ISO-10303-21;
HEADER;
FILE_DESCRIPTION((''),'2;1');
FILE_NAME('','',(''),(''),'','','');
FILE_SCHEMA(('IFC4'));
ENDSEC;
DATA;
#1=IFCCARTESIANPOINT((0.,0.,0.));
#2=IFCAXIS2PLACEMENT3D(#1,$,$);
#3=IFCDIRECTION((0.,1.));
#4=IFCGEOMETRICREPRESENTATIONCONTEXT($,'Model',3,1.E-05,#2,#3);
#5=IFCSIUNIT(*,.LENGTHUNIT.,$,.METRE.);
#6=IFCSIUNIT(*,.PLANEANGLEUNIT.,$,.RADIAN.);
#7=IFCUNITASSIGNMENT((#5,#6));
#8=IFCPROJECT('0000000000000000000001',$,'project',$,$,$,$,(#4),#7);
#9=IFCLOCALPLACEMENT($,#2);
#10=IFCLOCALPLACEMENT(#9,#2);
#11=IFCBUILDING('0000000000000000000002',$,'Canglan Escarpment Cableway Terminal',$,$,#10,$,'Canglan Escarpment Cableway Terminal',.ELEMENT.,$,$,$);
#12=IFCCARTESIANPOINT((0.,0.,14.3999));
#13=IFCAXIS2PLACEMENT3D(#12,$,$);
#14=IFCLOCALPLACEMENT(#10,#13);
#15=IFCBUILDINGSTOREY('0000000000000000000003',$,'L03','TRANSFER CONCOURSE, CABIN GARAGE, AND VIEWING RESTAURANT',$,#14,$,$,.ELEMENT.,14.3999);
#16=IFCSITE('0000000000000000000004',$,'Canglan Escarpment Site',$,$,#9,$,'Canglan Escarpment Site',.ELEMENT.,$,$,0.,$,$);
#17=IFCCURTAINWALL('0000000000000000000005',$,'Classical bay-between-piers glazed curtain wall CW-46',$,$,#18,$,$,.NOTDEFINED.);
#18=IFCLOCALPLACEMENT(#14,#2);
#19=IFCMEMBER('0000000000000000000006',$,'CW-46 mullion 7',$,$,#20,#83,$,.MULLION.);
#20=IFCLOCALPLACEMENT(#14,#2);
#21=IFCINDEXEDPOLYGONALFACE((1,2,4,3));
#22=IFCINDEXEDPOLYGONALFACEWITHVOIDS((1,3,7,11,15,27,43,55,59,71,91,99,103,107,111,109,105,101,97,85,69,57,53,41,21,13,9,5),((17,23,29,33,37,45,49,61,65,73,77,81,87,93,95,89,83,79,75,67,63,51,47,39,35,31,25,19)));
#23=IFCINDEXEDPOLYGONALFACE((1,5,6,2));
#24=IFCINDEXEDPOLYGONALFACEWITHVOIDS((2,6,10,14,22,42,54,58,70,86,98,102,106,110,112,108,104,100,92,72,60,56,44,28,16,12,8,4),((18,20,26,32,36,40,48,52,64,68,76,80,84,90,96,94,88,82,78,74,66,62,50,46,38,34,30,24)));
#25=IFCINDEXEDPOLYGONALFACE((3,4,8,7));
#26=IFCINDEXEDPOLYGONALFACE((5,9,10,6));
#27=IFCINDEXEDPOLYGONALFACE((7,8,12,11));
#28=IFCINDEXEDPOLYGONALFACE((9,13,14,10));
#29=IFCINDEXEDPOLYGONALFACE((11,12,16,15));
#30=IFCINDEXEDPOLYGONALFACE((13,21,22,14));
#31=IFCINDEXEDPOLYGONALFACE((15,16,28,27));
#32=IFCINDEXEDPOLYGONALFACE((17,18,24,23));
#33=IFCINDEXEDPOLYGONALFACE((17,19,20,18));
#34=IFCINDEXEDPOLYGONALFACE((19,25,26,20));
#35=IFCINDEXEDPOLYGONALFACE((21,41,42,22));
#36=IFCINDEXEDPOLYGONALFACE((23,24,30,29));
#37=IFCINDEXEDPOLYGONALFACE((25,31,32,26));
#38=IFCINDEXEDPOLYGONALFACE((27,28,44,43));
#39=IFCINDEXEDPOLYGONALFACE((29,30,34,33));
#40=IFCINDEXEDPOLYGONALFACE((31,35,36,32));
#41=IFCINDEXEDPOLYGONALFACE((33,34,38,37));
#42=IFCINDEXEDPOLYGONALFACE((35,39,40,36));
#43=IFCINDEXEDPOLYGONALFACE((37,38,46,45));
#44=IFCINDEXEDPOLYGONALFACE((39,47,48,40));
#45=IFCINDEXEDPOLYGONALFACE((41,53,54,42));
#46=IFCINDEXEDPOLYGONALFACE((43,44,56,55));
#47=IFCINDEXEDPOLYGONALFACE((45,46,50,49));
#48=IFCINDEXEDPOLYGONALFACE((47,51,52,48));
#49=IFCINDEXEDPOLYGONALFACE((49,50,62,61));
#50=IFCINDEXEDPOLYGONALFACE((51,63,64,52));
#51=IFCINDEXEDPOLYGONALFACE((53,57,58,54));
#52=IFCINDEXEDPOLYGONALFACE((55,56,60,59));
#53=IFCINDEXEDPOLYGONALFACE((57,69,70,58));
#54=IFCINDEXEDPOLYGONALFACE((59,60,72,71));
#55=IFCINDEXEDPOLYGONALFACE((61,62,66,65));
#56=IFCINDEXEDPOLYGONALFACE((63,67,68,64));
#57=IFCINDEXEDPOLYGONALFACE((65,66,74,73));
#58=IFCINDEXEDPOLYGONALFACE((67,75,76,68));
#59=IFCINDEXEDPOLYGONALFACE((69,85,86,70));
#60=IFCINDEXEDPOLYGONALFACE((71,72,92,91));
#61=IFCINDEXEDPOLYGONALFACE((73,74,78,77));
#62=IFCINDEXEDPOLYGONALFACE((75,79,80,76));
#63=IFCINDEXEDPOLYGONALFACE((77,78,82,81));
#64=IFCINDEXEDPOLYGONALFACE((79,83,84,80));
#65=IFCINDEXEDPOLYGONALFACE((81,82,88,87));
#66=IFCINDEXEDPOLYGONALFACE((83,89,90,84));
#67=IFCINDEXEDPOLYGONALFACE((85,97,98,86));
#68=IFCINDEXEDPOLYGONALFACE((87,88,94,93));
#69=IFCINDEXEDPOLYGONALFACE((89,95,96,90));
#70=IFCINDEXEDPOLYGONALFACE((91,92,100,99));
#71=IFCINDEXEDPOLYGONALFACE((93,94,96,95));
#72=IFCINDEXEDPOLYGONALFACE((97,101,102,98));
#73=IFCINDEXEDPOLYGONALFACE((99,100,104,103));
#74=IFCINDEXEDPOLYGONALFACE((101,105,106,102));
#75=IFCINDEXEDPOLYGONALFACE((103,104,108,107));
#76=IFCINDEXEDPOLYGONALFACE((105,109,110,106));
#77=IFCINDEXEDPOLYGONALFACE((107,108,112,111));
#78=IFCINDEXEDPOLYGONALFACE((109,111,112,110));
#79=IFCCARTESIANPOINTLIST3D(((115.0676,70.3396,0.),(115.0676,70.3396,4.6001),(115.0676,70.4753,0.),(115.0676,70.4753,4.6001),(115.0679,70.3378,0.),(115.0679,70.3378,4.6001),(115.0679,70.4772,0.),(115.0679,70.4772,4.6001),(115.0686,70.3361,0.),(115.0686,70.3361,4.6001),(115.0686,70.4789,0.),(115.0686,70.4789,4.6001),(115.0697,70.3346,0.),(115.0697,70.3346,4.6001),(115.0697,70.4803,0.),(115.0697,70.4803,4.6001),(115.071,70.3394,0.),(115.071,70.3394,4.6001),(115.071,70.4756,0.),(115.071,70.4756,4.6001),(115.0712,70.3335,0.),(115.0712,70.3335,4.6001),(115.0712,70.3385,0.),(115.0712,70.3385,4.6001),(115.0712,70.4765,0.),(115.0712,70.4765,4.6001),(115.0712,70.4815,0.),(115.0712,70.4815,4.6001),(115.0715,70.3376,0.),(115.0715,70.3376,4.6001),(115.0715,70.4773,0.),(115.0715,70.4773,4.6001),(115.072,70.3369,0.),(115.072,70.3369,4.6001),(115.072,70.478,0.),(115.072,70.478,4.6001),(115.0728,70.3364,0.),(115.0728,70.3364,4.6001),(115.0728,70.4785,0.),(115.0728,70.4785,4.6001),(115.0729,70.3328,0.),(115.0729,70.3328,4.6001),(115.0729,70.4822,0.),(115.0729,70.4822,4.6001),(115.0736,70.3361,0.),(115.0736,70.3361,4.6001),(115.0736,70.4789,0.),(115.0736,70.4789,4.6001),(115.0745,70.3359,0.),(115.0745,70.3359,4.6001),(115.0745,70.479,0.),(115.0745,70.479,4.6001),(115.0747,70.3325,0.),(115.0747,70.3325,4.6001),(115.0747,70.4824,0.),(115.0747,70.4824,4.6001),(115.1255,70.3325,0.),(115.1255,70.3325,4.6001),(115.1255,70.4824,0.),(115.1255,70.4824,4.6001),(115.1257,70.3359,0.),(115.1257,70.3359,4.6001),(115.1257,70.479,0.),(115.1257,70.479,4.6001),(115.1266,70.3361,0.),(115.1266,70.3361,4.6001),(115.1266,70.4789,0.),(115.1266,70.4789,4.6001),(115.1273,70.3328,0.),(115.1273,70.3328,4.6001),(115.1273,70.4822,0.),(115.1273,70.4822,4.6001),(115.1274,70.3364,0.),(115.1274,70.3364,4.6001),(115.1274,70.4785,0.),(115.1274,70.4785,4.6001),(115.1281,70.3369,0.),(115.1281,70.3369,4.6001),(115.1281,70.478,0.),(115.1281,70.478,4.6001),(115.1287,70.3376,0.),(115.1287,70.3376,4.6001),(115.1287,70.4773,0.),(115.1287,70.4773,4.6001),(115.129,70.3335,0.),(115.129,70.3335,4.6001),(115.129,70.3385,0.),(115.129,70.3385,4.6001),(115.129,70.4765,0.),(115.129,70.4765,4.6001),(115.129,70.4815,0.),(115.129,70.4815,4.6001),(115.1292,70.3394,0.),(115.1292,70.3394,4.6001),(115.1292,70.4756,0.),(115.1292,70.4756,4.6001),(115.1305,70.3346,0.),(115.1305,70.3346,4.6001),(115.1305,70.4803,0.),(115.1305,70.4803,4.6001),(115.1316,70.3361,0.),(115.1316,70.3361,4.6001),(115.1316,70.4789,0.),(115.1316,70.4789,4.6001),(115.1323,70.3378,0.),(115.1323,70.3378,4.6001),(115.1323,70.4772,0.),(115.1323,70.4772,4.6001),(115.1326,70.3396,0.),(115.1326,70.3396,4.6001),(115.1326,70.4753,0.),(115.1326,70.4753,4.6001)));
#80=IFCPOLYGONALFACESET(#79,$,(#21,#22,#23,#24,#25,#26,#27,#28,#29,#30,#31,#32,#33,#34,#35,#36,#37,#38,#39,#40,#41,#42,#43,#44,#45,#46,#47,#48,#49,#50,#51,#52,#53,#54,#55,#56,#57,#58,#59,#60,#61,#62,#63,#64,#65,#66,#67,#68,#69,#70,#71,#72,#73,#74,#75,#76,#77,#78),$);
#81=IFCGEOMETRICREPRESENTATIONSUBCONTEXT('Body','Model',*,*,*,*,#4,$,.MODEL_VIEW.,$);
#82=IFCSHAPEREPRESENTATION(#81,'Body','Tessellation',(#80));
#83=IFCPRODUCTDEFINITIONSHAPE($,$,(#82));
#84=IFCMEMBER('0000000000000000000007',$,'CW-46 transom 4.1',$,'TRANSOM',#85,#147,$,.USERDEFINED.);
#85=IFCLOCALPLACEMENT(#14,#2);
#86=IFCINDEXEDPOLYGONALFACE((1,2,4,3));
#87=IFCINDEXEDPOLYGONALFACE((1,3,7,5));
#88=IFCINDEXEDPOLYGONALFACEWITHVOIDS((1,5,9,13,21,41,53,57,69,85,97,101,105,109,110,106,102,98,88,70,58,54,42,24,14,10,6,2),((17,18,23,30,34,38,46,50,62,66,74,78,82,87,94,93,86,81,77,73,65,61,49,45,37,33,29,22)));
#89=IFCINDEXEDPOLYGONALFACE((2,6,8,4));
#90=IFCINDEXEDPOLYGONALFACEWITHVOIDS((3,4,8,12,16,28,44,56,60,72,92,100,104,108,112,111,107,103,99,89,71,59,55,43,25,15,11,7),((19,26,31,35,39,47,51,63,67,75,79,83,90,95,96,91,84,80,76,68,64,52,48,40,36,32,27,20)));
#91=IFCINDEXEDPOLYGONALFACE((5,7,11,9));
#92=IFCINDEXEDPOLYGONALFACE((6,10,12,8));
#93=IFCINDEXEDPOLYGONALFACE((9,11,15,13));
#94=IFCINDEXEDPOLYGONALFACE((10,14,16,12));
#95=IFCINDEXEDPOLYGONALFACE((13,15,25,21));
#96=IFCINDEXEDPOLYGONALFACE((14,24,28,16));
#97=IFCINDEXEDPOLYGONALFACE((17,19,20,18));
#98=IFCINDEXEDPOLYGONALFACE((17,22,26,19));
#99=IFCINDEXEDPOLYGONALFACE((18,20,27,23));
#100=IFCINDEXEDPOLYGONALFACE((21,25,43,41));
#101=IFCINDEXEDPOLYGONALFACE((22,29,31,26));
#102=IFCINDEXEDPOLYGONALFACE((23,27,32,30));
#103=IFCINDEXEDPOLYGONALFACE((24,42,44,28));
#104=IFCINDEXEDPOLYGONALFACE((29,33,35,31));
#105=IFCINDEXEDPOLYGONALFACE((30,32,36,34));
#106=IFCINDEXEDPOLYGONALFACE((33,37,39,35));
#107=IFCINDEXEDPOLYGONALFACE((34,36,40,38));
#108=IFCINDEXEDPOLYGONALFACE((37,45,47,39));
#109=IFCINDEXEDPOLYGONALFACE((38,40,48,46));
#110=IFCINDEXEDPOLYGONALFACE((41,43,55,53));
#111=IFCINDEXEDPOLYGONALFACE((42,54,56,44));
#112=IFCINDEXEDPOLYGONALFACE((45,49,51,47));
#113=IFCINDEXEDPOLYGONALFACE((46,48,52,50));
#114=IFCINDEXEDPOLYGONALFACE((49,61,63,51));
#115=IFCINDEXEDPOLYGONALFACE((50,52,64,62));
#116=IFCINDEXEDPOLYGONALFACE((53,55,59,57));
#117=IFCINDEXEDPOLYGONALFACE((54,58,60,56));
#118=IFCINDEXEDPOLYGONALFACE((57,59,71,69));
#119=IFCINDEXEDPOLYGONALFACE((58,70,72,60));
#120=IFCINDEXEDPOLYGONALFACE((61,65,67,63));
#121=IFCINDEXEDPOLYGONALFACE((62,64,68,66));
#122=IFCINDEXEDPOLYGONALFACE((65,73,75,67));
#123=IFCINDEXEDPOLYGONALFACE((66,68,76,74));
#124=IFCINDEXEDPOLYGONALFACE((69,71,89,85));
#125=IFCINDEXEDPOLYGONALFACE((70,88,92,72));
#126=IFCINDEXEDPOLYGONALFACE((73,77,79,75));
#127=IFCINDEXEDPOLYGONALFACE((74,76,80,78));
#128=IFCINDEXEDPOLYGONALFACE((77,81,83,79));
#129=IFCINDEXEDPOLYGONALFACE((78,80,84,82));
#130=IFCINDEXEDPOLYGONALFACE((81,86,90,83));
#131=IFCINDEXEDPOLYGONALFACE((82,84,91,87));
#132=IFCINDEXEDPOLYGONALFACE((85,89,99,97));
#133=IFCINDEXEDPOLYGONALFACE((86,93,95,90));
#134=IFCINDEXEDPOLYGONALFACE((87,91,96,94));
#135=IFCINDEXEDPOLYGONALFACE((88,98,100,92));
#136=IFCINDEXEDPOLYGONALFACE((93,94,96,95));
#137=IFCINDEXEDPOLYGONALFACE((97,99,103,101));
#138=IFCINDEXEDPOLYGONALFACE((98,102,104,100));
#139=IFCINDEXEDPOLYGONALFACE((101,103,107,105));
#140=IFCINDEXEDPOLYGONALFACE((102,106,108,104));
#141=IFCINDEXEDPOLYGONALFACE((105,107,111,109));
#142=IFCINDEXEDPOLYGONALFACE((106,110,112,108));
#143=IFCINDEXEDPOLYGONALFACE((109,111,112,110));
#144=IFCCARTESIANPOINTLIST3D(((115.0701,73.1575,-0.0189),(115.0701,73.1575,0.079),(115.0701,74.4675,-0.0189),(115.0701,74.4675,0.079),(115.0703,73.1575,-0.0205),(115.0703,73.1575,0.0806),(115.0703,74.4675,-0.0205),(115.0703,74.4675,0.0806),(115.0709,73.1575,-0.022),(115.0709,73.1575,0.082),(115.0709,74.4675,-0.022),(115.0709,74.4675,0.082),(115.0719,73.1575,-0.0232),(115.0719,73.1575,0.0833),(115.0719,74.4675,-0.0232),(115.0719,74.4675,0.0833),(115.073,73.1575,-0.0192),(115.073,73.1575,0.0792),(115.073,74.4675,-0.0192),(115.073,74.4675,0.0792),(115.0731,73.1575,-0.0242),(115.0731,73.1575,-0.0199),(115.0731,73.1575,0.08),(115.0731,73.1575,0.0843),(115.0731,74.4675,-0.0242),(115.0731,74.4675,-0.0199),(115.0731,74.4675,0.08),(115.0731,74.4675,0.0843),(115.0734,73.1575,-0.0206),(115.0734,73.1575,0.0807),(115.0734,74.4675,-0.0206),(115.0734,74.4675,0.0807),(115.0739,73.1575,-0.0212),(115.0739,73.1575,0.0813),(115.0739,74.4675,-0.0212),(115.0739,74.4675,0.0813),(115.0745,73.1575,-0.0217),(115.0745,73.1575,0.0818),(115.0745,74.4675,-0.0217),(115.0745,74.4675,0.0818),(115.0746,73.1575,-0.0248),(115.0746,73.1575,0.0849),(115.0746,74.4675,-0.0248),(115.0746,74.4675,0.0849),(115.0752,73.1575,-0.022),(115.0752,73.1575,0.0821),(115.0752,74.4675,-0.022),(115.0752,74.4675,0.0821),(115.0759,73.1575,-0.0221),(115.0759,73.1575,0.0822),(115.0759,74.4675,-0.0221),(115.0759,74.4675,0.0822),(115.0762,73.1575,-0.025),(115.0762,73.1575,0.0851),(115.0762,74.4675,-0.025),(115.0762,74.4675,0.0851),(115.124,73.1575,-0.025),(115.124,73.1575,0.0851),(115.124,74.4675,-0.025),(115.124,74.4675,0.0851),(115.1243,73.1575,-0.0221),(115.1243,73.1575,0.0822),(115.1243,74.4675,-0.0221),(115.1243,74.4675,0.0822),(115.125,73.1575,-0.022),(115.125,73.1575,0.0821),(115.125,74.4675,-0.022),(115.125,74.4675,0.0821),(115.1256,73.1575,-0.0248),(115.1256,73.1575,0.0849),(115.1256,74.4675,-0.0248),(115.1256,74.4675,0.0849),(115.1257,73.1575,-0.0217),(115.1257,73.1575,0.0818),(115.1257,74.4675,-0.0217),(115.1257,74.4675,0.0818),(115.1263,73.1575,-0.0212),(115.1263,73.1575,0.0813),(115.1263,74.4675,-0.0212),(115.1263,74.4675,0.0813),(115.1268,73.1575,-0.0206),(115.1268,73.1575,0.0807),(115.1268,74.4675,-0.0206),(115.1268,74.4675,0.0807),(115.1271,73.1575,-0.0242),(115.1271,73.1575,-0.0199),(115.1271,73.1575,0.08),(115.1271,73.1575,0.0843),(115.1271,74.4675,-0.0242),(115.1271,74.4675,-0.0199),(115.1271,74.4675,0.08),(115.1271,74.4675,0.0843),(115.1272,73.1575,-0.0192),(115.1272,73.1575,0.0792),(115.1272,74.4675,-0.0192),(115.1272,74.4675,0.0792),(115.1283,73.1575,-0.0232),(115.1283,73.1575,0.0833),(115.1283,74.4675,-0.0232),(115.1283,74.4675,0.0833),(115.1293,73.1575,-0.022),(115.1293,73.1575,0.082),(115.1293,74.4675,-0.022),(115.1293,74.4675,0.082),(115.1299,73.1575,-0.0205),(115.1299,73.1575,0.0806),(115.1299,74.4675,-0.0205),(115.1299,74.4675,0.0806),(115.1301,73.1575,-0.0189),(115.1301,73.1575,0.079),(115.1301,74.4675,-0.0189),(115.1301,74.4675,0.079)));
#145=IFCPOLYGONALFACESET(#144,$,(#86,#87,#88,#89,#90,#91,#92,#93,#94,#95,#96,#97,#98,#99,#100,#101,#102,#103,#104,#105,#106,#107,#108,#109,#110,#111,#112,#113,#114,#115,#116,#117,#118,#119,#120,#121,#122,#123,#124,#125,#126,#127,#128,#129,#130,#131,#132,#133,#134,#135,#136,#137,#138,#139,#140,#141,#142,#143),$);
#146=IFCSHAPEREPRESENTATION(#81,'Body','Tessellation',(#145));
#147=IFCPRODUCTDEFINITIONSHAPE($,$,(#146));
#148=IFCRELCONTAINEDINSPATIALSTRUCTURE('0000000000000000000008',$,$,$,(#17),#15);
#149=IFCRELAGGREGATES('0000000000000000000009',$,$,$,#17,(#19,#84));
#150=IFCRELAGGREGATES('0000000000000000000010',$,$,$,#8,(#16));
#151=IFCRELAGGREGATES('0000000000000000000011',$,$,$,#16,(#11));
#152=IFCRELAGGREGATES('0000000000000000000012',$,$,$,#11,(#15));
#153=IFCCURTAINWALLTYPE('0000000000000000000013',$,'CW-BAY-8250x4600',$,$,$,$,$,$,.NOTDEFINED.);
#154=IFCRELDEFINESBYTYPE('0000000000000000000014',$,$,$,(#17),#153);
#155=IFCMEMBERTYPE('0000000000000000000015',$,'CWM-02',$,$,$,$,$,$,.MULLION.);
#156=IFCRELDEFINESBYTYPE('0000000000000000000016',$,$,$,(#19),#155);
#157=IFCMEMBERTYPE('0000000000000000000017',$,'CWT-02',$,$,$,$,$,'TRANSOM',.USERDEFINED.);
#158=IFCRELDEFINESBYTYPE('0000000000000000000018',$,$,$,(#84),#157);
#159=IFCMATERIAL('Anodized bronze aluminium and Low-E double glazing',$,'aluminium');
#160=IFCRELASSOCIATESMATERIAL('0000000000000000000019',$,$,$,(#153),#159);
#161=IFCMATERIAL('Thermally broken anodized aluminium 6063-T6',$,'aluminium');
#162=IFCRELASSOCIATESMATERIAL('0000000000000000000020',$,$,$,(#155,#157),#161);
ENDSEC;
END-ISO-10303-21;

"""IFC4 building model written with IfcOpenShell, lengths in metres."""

from ifc_helpers import new_model, si_unit, direction, frame, origin, origin_2d, place, context, subcontext, project, spatial, hollow_rectangle, extrude, material, material_profile, profile_set, type_object, element, aggregate, save


model = new_model("IFC4")

# Units and contexts
model_context = context("Model", 3, precision=1e-05, world=origin(), true_north=direction((0.0, 1.0)))
body_context = subcontext(model_context, "Body", "Model", "MODEL_VIEW")
ifc_project = project(units=[si_unit("LENGTHUNIT", "METRE"), si_unit("PLANEANGLEUNIT", "RADIAN")], contexts=[model_context])

# Site, building, storey
site_placement = place(None, origin())
site = spatial("IfcSite", under=ifc_project, at=site_placement, Name="Canglan Escarpment Site", LongName="Canglan Escarpment Site", CompositionType="ELEMENT", RefElevation=0.0)
building_placement = place(site_placement, origin())
building = spatial("IfcBuilding", under=site, at=building_placement, Name="Canglan Escarpment Cableway Terminal", LongName="Canglan Escarpment Cableway Terminal", CompositionType="ELEMENT")
storey_placement = place(building_placement, frame((0.0, 0.0, 14.3999)))
storey = spatial("IfcBuildingStorey", under=building, at=storey_placement, Name="L03", Description="TRANSFER CONCOURSE, CABIN GARAGE, AND VIEWING RESTAURANT", CompositionType="ELEMENT", Elevation=14.3999)

# Curtain wall, members
ifc_material_1 = material(Name="Anodized bronze aluminium and Low-E double glazing", Category="aluminium")
curtain_wall_type = type_object("IfcCurtainWallType", Name="CW-BAY-8250x4600", PredefinedType="NOTDEFINED", material=ifc_material_1)
curtain_wall_placement = place(storey_placement, origin())
curtain_wall = element("IfcCurtainWall", 1, at=curtain_wall_placement, inside=storey, type_object=curtain_wall_type, Name="Classical bay-between-piers glazed curtain wall CW-46", PredefinedType="NOTDEFINED")
ifc_material_2 = material(Name="Thermally broken anodized aluminium 6063-T6", Category="aluminium")
ifc_material_profile_1 = material_profile(ifc_material_2, hollow_rectangle(XDim=0.0649, YDim=0.1499, WallThickness=0.0034, InnerFilletRadius=0.0034, OuterFilletRadius=0.0071, at=origin_2d()), Name="ALU-MULL 65x150x3.5")
ifc_profile_set_1 = profile_set([ifc_material_profile_1], Name="Thermally broken anodized aluminium 6063-T6")
member_type_1 = type_object("IfcMemberType", Name="CWM-02", PredefinedType="MULLION", material=ifc_profile_set_1)
member_1_placement = place(storey_placement, frame((115.1001, 70.4075, 0.0), z_axis=(0.0, 0.0, 1.0), x_axis=(1.0, 0.0, 0.0)))
member_1 = element("IfcMember", 2, at=member_1_placement, type_object=member_type_1, Name="CW-46 mullion 7", PredefinedType="MULLION", context=body_context, shape_type="SweptSolid", body=[
    extrude(hollow_rectangle(XDim=0.0649, YDim=0.1499, WallThickness=0.0034, InnerFilletRadius=0.0034, OuterFilletRadius=0.0071, at=origin_2d()), origin(), (0.0, 0.0, 1.0), 4.6001),
])
ifc_material_profile_2 = material_profile(ifc_material_2, hollow_rectangle(XDim=0.0601, YDim=0.1101, WallThickness=0.0029, InnerFilletRadius=0.0029, OuterFilletRadius=0.0061, at=origin_2d()), Name="ALU-TRAN 60x110x3")
ifc_profile_set_2 = profile_set([ifc_material_profile_2], Name="Thermally broken anodized aluminium 6063-T6")
member_type_2 = type_object("IfcMemberType", Name="CWT-02", ElementType="TRANSOM", PredefinedType="USERDEFINED", material=ifc_profile_set_2)
member_2_placement = place(storey_placement, frame((115.1001, 74.4675, 0.03), z_axis=(0.0, -1.0, 0.0), x_axis=(1.0, 0.0, 0.0)))
member_2 = element("IfcMember", 3, at=member_2_placement, type_object=member_type_2, Name="CW-46 transom 4.1", ObjectType="TRANSOM", PredefinedType="USERDEFINED", context=body_context, shape_type="SweptSolid", body=[
    extrude(hollow_rectangle(XDim=0.0601, YDim=0.1101, WallThickness=0.0029, InnerFilletRadius=0.0029, OuterFilletRadius=0.0061, at=origin_2d()), origin(), (0.0, 0.0, 1.0), 1.3101),
])

aggregate(curtain_wall, [member_1, member_2])

save(model, "model.ifc")
